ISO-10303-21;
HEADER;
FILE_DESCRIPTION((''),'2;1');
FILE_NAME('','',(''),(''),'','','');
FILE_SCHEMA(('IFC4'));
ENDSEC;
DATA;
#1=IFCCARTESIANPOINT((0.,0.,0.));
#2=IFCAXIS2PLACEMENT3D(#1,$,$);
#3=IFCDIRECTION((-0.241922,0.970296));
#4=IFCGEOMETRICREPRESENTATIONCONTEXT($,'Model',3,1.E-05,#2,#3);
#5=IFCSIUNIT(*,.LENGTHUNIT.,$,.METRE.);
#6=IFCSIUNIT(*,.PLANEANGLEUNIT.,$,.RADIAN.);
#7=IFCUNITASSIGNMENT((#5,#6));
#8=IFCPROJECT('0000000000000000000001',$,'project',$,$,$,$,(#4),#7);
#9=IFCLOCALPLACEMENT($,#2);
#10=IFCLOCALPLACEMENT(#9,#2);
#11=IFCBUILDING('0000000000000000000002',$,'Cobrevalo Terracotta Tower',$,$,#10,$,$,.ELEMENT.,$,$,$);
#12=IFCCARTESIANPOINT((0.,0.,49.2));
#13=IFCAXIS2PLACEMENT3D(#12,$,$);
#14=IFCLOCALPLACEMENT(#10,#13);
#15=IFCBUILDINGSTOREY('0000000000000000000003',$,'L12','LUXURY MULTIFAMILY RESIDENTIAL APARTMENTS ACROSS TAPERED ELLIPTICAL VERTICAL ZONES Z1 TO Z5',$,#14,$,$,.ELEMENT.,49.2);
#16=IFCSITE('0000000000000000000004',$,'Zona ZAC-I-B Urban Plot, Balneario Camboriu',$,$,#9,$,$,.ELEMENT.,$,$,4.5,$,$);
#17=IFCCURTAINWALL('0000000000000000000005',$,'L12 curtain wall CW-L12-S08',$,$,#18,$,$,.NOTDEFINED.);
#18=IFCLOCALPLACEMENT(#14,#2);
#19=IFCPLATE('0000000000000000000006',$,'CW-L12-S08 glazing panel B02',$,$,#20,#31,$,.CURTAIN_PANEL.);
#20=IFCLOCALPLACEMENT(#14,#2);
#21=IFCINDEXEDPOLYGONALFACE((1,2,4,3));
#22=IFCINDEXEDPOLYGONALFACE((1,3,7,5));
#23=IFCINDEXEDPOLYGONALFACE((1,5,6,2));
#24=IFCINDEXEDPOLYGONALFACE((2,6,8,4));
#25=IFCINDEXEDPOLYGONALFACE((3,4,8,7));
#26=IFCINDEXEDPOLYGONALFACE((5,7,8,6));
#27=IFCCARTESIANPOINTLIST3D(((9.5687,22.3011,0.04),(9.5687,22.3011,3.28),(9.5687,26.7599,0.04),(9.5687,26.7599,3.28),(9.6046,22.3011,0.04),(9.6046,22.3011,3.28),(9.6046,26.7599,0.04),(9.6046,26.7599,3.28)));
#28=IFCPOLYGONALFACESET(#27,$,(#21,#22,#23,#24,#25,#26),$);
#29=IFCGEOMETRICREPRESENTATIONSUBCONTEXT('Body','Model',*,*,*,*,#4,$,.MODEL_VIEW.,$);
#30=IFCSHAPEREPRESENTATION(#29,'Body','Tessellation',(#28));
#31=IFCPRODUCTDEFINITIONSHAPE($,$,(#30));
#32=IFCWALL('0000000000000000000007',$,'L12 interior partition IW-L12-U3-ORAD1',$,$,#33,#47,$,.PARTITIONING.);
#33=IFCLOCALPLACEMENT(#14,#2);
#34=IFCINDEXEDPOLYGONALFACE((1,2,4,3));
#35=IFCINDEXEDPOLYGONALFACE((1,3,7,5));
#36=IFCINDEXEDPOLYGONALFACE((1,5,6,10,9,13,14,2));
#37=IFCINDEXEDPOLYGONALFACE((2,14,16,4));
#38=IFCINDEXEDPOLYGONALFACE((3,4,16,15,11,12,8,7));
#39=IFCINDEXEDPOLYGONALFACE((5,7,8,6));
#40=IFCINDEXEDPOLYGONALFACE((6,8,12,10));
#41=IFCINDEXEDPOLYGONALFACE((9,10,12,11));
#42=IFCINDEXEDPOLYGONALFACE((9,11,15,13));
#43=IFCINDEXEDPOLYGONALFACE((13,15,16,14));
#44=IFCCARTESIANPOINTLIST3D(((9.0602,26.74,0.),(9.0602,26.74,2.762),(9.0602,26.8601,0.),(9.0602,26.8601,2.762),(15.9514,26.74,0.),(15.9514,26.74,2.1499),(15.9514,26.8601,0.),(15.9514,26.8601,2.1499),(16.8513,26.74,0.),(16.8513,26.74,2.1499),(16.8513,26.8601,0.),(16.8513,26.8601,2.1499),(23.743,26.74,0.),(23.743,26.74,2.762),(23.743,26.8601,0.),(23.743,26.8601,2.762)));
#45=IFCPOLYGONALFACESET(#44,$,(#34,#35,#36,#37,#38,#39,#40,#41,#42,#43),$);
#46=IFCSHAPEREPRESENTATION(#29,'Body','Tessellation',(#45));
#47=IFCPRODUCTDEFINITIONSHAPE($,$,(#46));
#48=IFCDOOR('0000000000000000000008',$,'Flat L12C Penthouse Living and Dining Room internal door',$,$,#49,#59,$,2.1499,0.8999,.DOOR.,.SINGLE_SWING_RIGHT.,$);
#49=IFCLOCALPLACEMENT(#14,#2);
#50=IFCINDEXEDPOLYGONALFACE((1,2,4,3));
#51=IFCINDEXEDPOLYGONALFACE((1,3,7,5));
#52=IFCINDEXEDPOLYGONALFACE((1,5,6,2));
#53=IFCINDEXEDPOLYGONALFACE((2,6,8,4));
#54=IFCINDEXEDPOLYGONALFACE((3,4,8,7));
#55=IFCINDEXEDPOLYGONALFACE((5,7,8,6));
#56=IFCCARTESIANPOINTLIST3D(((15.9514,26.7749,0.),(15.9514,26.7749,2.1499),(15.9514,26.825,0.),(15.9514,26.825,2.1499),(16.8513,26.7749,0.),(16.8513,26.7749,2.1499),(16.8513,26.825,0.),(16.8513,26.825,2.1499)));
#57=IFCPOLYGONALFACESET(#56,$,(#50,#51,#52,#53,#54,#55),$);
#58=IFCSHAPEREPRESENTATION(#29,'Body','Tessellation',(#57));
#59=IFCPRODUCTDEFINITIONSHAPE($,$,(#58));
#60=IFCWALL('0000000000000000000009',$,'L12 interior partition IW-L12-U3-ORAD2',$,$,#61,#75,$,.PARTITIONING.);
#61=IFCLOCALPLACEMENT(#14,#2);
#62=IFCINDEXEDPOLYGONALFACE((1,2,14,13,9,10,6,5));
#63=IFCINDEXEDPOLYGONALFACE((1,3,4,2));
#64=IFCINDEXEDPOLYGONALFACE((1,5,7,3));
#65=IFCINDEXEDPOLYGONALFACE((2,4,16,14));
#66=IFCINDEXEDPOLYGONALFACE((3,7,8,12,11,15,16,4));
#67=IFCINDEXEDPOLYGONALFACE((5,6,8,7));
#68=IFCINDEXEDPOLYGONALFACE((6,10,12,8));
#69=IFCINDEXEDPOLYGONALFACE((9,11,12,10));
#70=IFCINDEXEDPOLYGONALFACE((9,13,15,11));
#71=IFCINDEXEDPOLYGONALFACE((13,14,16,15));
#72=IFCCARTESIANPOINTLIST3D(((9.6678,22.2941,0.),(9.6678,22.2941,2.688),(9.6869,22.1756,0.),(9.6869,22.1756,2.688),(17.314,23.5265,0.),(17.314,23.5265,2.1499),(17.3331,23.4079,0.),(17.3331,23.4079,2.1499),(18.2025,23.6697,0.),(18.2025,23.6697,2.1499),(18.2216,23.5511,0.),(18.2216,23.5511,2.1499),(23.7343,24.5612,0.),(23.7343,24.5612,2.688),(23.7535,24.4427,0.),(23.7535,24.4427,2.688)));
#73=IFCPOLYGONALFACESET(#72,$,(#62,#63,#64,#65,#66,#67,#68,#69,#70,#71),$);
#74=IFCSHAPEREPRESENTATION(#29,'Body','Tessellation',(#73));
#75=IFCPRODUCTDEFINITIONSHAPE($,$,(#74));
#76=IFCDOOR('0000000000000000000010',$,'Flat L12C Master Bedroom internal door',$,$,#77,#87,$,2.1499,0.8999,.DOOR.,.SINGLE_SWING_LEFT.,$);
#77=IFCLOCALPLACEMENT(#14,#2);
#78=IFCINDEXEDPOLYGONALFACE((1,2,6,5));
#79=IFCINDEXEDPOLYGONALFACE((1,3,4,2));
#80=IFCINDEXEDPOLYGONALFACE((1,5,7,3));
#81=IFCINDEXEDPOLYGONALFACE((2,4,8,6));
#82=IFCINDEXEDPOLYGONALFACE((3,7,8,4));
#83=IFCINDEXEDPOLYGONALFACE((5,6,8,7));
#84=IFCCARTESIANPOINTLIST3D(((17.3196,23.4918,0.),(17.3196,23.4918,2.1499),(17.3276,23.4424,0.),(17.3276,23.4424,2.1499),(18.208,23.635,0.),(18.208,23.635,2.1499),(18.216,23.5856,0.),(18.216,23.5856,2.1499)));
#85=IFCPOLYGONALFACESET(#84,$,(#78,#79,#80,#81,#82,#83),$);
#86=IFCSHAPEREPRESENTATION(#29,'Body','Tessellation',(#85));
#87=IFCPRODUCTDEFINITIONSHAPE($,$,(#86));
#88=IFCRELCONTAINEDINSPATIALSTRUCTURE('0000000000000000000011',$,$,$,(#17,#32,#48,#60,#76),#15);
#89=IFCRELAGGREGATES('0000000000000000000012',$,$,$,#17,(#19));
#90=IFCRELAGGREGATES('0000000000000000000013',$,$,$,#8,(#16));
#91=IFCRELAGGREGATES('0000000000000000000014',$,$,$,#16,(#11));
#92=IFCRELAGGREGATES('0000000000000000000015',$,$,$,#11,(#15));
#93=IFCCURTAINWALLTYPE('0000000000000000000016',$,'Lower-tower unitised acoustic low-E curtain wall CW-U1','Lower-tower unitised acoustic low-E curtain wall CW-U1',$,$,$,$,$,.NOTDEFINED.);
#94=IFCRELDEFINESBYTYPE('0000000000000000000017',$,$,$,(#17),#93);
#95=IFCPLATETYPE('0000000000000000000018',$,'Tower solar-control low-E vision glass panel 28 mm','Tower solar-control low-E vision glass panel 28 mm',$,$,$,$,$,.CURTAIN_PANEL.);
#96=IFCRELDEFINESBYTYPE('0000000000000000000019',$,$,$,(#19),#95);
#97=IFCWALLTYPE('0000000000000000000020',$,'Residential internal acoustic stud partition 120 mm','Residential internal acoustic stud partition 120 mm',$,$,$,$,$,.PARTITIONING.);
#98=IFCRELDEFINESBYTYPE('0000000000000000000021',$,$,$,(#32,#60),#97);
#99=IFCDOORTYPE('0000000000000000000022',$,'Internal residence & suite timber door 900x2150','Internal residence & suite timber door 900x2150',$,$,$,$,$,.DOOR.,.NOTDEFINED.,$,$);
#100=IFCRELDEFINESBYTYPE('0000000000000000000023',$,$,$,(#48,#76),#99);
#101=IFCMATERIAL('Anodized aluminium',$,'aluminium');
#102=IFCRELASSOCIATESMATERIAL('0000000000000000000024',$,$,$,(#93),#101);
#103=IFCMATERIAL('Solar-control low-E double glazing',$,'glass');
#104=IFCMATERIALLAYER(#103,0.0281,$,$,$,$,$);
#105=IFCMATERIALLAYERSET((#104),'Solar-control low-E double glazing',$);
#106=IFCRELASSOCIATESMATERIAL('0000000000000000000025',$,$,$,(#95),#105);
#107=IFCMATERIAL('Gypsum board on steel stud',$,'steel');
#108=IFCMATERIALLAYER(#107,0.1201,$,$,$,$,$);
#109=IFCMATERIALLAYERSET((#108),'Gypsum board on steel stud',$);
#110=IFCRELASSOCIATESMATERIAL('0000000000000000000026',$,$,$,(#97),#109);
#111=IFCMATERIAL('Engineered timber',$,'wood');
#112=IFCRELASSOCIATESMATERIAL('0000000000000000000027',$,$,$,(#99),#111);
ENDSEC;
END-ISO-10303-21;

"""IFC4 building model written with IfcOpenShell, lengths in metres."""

from ifc_helpers import new_model, si_unit, direction, frame, frame_2d, origin, origin_2d, place, context, subcontext, project, spatial, rectangle, extrude, source, transform, mapped, material, layer, layer_set, type_object, element, fill, aggregate, save


model = new_model("IFC4")

# Units and contexts
model_context = context("Model", 3, precision=1e-05, world=origin(), true_north=direction((-0.241922, 0.970296)))
body_context = subcontext(model_context, "Body", "Model", "MODEL_VIEW")
ifc_project = project(units=[si_unit("LENGTHUNIT", "METRE"), si_unit("PLANEANGLEUNIT", "RADIAN")], contexts=[model_context])

# Site, building, storey
site_placement = place(None, origin())
site = spatial("IfcSite", under=ifc_project, at=site_placement, Name="Zona ZAC-I-B Urban Plot, Balneario Camboriu", CompositionType="ELEMENT", RefElevation=4.5)
building_placement = place(site_placement, origin())
building = spatial("IfcBuilding", under=site, at=building_placement, Name="Cobrevalo Terracotta Tower", CompositionType="ELEMENT")
storey_placement = place(building_placement, frame((0.0, 0.0, 49.2)))
storey = spatial("IfcBuildingStorey", under=building, at=storey_placement, Name="L12", Description="LUXURY MULTIFAMILY RESIDENTIAL APARTMENTS ACROSS TAPERED ELLIPTICAL VERTICAL ZONES Z1 TO Z5", CompositionType="ELEMENT", Elevation=49.2)

# Curtain wall, plate
ifc_material_1 = material(Name="Anodized aluminium", Category="aluminium")
curtain_wall_type = type_object("IfcCurtainWallType", Name="Lower-tower unitised acoustic low-E curtain wall CW-U1", Description="Lower-tower unitised acoustic low-E curtain wall CW-U1", PredefinedType="NOTDEFINED", material=ifc_material_1)
curtain_wall_placement = place(storey_placement, origin())
curtain_wall = element("IfcCurtainWall", 1, at=curtain_wall_placement, inside=storey, type_object=curtain_wall_type, Name="L12 curtain wall CW-L12-S08", PredefinedType="NOTDEFINED")
ifc_material_2 = material(Name="Solar-control low-E double glazing", Category="glass")
ifc_layer_1 = layer(ifc_material_2, 0.0281)
ifc_layer_set_1 = layer_set([ifc_layer_1], Name="Solar-control low-E double glazing")
plate_type = type_object("IfcPlateType", Name="Tower solar-control low-E vision glass panel 28 mm", Description="Tower solar-control low-E vision glass panel 28 mm", PredefinedType="CURTAIN_PANEL", material=ifc_layer_set_1)
shared_shape_1 = source(origin(), body_context, "Body", "SweptSolid", [
    extrude(rectangle(XDim=4.4587, YDim=0.0359, at=origin_2d()), origin(), (0.0, 0.0, 1.0), 3.24),
])
plate_1_placement = place(storey_placement, frame((9.5867, 24.5305, 0.04), z_axis=(0.0, 0.0, 1.0), x_axis=(0.0, -1.0, 0.0)))
plate_1 = element("IfcPlate", 2, at=plate_1_placement, type_object=plate_type, Name="CW-L12-S08 glazing panel B02", PredefinedType="CURTAIN_PANEL", context=body_context, shape_type="MappedRepresentation", body=[
    mapped(shared_shape_1, transform((0.0, 0.0, 0.0), scale=1.0)),
])
aggregate(curtain_wall, [plate_1])

# Walls, openings, doors
ifc_material_3 = material(Name="Gypsum board on steel stud", Category="steel")
ifc_layer_2 = layer(ifc_material_3, 0.1201)
ifc_layer_set_2 = layer_set([ifc_layer_2], Name="Gypsum board on steel stud")
wall_type = type_object("IfcWallType", Name="Residential internal acoustic stud partition 120 mm", Description="Residential internal acoustic stud partition 120 mm", PredefinedType="PARTITIONING", material=ifc_layer_set_2)
wall_1_placement = place(storey_placement, frame((23.7429, 26.8, 0.0), z_axis=(0.0, 0.0, 1.0), x_axis=(-1.0, 0.0, 0.0)))
wall_1 = element("IfcWall", 3, at=wall_1_placement, inside=storey, type_object=wall_type, Name="L12 interior partition IW-L12-U3-ORAD1", PredefinedType="PARTITIONING", context=body_context, shape_type="SweptSolid", body=[
    extrude(rectangle(XDim=14.6829, YDim=0.1201, at=frame_2d((7.3413, 0.0))), origin(), (0.0, 0.0, 1.0), 2.762),
])
opening_1_placement = place(wall_1_placement, frame((6.8916, 0.0, 0.0)))
opening_1 = element("IfcOpeningElement", 4, at=opening_1_placement, cuts=wall_1, PredefinedType="OPENING", context=body_context, shape_type="SweptSolid", body=[
    extrude(rectangle(XDim=0.8999, YDim=2.1499, at=frame_2d((0.45, 1.075))), frame((0.0, 0.0701, 0.0), z_axis=(0.0, -1.0, 0.0), x_axis=(1.0, 0.0, 0.0)), (0.0, 0.0, 1.0), 0.1401),
])
ifc_material_4 = material(Name="Engineered timber", Category="wood")
door_type = type_object("IfcDoorType", Name="Internal residence & suite timber door 900x2150", Description="Internal residence & suite timber door 900x2150", OperationType="NOTDEFINED", PredefinedType="DOOR", material=ifc_material_4)
shared_shape_2 = source(origin(), body_context, "Body", "SweptSolid", [
    extrude(rectangle(XDim=0.8999, YDim=2.1499, at=frame_2d((0.45, 1.075))), frame((0.0, 0.0249, 0.0), z_axis=(0.0, -1.0, 0.0), x_axis=(1.0, 0.0, 0.0)), (0.0, 0.0, 1.0), 0.05),
])
door_1_placement = place(opening_1_placement, frame((0.8999, 0.0, 0.0), z_axis=(0.0, 0.0, 1.0), x_axis=(-1.0, 0.0, 0.0)))
door_1 = element("IfcDoor", 5, at=door_1_placement, inside=storey, type_object=door_type, Name="Flat L12C Penthouse Living and Dining Room internal door", OperationType="SINGLE_SWING_RIGHT", OverallHeight=2.1499, OverallWidth=0.8999, PredefinedType="DOOR", context=body_context, shape_type="MappedRepresentation", body=[
    mapped(shared_shape_2, transform((0.0, 0.0, 0.0), scale=1.0)),
])
fill(opening_1, door_1)
wall_2_placement = place(storey_placement, frame((23.7439, 24.502, 0.0), z_axis=(0.0, 0.0, 1.0), x_axis=(-0.98726, -0.159117, 0.0)))
wall_2 = element("IfcWall", 6, at=wall_2_placement, inside=storey, type_object=wall_type, Name="L12 interior partition IW-L12-U3-ORAD2", PredefinedType="PARTITIONING", context=body_context, shape_type="SweptSolid", body=[
    extrude(rectangle(XDim=14.248, YDim=0.1201, at=frame_2d((7.124, 0.0))), origin(), (0.0, 0.0, 1.0), 2.688),
])
opening_2_placement = place(wall_2_placement, frame((5.6033, 0.0, 0.0)))
opening_2 = element("IfcOpeningElement", 7, at=opening_2_placement, cuts=wall_2, PredefinedType="OPENING", context=body_context, shape_type="SweptSolid", body=[
    extrude(rectangle(XDim=0.8999, YDim=2.1499, at=frame_2d((0.45, 1.075))), frame((0.0, 0.0701, 0.0), z_axis=(0.0, -1.0, 0.0), x_axis=(1.0, 0.0, 0.0)), (0.0, 0.0, 1.0), 0.1401),
])
door_2_placement = place(opening_2_placement, frame((0.8999, 0.0, 0.0), z_axis=(0.0, 0.0, 1.0), x_axis=(-1.0, 0.0, 0.0)))
door_2 = element("IfcDoor", 8, at=door_2_placement, inside=storey, type_object=door_type, Name="Flat L12C Master Bedroom internal door", OperationType="SINGLE_SWING_LEFT", OverallHeight=2.1499, OverallWidth=0.8999, PredefinedType="DOOR", context=body_context, shape_type="MappedRepresentation", body=[
    mapped(shared_shape_2, transform((0.0, 0.0, 0.0), scale=1.0)),
])
fill(opening_2, door_2)

save(model, "model.ifc")
